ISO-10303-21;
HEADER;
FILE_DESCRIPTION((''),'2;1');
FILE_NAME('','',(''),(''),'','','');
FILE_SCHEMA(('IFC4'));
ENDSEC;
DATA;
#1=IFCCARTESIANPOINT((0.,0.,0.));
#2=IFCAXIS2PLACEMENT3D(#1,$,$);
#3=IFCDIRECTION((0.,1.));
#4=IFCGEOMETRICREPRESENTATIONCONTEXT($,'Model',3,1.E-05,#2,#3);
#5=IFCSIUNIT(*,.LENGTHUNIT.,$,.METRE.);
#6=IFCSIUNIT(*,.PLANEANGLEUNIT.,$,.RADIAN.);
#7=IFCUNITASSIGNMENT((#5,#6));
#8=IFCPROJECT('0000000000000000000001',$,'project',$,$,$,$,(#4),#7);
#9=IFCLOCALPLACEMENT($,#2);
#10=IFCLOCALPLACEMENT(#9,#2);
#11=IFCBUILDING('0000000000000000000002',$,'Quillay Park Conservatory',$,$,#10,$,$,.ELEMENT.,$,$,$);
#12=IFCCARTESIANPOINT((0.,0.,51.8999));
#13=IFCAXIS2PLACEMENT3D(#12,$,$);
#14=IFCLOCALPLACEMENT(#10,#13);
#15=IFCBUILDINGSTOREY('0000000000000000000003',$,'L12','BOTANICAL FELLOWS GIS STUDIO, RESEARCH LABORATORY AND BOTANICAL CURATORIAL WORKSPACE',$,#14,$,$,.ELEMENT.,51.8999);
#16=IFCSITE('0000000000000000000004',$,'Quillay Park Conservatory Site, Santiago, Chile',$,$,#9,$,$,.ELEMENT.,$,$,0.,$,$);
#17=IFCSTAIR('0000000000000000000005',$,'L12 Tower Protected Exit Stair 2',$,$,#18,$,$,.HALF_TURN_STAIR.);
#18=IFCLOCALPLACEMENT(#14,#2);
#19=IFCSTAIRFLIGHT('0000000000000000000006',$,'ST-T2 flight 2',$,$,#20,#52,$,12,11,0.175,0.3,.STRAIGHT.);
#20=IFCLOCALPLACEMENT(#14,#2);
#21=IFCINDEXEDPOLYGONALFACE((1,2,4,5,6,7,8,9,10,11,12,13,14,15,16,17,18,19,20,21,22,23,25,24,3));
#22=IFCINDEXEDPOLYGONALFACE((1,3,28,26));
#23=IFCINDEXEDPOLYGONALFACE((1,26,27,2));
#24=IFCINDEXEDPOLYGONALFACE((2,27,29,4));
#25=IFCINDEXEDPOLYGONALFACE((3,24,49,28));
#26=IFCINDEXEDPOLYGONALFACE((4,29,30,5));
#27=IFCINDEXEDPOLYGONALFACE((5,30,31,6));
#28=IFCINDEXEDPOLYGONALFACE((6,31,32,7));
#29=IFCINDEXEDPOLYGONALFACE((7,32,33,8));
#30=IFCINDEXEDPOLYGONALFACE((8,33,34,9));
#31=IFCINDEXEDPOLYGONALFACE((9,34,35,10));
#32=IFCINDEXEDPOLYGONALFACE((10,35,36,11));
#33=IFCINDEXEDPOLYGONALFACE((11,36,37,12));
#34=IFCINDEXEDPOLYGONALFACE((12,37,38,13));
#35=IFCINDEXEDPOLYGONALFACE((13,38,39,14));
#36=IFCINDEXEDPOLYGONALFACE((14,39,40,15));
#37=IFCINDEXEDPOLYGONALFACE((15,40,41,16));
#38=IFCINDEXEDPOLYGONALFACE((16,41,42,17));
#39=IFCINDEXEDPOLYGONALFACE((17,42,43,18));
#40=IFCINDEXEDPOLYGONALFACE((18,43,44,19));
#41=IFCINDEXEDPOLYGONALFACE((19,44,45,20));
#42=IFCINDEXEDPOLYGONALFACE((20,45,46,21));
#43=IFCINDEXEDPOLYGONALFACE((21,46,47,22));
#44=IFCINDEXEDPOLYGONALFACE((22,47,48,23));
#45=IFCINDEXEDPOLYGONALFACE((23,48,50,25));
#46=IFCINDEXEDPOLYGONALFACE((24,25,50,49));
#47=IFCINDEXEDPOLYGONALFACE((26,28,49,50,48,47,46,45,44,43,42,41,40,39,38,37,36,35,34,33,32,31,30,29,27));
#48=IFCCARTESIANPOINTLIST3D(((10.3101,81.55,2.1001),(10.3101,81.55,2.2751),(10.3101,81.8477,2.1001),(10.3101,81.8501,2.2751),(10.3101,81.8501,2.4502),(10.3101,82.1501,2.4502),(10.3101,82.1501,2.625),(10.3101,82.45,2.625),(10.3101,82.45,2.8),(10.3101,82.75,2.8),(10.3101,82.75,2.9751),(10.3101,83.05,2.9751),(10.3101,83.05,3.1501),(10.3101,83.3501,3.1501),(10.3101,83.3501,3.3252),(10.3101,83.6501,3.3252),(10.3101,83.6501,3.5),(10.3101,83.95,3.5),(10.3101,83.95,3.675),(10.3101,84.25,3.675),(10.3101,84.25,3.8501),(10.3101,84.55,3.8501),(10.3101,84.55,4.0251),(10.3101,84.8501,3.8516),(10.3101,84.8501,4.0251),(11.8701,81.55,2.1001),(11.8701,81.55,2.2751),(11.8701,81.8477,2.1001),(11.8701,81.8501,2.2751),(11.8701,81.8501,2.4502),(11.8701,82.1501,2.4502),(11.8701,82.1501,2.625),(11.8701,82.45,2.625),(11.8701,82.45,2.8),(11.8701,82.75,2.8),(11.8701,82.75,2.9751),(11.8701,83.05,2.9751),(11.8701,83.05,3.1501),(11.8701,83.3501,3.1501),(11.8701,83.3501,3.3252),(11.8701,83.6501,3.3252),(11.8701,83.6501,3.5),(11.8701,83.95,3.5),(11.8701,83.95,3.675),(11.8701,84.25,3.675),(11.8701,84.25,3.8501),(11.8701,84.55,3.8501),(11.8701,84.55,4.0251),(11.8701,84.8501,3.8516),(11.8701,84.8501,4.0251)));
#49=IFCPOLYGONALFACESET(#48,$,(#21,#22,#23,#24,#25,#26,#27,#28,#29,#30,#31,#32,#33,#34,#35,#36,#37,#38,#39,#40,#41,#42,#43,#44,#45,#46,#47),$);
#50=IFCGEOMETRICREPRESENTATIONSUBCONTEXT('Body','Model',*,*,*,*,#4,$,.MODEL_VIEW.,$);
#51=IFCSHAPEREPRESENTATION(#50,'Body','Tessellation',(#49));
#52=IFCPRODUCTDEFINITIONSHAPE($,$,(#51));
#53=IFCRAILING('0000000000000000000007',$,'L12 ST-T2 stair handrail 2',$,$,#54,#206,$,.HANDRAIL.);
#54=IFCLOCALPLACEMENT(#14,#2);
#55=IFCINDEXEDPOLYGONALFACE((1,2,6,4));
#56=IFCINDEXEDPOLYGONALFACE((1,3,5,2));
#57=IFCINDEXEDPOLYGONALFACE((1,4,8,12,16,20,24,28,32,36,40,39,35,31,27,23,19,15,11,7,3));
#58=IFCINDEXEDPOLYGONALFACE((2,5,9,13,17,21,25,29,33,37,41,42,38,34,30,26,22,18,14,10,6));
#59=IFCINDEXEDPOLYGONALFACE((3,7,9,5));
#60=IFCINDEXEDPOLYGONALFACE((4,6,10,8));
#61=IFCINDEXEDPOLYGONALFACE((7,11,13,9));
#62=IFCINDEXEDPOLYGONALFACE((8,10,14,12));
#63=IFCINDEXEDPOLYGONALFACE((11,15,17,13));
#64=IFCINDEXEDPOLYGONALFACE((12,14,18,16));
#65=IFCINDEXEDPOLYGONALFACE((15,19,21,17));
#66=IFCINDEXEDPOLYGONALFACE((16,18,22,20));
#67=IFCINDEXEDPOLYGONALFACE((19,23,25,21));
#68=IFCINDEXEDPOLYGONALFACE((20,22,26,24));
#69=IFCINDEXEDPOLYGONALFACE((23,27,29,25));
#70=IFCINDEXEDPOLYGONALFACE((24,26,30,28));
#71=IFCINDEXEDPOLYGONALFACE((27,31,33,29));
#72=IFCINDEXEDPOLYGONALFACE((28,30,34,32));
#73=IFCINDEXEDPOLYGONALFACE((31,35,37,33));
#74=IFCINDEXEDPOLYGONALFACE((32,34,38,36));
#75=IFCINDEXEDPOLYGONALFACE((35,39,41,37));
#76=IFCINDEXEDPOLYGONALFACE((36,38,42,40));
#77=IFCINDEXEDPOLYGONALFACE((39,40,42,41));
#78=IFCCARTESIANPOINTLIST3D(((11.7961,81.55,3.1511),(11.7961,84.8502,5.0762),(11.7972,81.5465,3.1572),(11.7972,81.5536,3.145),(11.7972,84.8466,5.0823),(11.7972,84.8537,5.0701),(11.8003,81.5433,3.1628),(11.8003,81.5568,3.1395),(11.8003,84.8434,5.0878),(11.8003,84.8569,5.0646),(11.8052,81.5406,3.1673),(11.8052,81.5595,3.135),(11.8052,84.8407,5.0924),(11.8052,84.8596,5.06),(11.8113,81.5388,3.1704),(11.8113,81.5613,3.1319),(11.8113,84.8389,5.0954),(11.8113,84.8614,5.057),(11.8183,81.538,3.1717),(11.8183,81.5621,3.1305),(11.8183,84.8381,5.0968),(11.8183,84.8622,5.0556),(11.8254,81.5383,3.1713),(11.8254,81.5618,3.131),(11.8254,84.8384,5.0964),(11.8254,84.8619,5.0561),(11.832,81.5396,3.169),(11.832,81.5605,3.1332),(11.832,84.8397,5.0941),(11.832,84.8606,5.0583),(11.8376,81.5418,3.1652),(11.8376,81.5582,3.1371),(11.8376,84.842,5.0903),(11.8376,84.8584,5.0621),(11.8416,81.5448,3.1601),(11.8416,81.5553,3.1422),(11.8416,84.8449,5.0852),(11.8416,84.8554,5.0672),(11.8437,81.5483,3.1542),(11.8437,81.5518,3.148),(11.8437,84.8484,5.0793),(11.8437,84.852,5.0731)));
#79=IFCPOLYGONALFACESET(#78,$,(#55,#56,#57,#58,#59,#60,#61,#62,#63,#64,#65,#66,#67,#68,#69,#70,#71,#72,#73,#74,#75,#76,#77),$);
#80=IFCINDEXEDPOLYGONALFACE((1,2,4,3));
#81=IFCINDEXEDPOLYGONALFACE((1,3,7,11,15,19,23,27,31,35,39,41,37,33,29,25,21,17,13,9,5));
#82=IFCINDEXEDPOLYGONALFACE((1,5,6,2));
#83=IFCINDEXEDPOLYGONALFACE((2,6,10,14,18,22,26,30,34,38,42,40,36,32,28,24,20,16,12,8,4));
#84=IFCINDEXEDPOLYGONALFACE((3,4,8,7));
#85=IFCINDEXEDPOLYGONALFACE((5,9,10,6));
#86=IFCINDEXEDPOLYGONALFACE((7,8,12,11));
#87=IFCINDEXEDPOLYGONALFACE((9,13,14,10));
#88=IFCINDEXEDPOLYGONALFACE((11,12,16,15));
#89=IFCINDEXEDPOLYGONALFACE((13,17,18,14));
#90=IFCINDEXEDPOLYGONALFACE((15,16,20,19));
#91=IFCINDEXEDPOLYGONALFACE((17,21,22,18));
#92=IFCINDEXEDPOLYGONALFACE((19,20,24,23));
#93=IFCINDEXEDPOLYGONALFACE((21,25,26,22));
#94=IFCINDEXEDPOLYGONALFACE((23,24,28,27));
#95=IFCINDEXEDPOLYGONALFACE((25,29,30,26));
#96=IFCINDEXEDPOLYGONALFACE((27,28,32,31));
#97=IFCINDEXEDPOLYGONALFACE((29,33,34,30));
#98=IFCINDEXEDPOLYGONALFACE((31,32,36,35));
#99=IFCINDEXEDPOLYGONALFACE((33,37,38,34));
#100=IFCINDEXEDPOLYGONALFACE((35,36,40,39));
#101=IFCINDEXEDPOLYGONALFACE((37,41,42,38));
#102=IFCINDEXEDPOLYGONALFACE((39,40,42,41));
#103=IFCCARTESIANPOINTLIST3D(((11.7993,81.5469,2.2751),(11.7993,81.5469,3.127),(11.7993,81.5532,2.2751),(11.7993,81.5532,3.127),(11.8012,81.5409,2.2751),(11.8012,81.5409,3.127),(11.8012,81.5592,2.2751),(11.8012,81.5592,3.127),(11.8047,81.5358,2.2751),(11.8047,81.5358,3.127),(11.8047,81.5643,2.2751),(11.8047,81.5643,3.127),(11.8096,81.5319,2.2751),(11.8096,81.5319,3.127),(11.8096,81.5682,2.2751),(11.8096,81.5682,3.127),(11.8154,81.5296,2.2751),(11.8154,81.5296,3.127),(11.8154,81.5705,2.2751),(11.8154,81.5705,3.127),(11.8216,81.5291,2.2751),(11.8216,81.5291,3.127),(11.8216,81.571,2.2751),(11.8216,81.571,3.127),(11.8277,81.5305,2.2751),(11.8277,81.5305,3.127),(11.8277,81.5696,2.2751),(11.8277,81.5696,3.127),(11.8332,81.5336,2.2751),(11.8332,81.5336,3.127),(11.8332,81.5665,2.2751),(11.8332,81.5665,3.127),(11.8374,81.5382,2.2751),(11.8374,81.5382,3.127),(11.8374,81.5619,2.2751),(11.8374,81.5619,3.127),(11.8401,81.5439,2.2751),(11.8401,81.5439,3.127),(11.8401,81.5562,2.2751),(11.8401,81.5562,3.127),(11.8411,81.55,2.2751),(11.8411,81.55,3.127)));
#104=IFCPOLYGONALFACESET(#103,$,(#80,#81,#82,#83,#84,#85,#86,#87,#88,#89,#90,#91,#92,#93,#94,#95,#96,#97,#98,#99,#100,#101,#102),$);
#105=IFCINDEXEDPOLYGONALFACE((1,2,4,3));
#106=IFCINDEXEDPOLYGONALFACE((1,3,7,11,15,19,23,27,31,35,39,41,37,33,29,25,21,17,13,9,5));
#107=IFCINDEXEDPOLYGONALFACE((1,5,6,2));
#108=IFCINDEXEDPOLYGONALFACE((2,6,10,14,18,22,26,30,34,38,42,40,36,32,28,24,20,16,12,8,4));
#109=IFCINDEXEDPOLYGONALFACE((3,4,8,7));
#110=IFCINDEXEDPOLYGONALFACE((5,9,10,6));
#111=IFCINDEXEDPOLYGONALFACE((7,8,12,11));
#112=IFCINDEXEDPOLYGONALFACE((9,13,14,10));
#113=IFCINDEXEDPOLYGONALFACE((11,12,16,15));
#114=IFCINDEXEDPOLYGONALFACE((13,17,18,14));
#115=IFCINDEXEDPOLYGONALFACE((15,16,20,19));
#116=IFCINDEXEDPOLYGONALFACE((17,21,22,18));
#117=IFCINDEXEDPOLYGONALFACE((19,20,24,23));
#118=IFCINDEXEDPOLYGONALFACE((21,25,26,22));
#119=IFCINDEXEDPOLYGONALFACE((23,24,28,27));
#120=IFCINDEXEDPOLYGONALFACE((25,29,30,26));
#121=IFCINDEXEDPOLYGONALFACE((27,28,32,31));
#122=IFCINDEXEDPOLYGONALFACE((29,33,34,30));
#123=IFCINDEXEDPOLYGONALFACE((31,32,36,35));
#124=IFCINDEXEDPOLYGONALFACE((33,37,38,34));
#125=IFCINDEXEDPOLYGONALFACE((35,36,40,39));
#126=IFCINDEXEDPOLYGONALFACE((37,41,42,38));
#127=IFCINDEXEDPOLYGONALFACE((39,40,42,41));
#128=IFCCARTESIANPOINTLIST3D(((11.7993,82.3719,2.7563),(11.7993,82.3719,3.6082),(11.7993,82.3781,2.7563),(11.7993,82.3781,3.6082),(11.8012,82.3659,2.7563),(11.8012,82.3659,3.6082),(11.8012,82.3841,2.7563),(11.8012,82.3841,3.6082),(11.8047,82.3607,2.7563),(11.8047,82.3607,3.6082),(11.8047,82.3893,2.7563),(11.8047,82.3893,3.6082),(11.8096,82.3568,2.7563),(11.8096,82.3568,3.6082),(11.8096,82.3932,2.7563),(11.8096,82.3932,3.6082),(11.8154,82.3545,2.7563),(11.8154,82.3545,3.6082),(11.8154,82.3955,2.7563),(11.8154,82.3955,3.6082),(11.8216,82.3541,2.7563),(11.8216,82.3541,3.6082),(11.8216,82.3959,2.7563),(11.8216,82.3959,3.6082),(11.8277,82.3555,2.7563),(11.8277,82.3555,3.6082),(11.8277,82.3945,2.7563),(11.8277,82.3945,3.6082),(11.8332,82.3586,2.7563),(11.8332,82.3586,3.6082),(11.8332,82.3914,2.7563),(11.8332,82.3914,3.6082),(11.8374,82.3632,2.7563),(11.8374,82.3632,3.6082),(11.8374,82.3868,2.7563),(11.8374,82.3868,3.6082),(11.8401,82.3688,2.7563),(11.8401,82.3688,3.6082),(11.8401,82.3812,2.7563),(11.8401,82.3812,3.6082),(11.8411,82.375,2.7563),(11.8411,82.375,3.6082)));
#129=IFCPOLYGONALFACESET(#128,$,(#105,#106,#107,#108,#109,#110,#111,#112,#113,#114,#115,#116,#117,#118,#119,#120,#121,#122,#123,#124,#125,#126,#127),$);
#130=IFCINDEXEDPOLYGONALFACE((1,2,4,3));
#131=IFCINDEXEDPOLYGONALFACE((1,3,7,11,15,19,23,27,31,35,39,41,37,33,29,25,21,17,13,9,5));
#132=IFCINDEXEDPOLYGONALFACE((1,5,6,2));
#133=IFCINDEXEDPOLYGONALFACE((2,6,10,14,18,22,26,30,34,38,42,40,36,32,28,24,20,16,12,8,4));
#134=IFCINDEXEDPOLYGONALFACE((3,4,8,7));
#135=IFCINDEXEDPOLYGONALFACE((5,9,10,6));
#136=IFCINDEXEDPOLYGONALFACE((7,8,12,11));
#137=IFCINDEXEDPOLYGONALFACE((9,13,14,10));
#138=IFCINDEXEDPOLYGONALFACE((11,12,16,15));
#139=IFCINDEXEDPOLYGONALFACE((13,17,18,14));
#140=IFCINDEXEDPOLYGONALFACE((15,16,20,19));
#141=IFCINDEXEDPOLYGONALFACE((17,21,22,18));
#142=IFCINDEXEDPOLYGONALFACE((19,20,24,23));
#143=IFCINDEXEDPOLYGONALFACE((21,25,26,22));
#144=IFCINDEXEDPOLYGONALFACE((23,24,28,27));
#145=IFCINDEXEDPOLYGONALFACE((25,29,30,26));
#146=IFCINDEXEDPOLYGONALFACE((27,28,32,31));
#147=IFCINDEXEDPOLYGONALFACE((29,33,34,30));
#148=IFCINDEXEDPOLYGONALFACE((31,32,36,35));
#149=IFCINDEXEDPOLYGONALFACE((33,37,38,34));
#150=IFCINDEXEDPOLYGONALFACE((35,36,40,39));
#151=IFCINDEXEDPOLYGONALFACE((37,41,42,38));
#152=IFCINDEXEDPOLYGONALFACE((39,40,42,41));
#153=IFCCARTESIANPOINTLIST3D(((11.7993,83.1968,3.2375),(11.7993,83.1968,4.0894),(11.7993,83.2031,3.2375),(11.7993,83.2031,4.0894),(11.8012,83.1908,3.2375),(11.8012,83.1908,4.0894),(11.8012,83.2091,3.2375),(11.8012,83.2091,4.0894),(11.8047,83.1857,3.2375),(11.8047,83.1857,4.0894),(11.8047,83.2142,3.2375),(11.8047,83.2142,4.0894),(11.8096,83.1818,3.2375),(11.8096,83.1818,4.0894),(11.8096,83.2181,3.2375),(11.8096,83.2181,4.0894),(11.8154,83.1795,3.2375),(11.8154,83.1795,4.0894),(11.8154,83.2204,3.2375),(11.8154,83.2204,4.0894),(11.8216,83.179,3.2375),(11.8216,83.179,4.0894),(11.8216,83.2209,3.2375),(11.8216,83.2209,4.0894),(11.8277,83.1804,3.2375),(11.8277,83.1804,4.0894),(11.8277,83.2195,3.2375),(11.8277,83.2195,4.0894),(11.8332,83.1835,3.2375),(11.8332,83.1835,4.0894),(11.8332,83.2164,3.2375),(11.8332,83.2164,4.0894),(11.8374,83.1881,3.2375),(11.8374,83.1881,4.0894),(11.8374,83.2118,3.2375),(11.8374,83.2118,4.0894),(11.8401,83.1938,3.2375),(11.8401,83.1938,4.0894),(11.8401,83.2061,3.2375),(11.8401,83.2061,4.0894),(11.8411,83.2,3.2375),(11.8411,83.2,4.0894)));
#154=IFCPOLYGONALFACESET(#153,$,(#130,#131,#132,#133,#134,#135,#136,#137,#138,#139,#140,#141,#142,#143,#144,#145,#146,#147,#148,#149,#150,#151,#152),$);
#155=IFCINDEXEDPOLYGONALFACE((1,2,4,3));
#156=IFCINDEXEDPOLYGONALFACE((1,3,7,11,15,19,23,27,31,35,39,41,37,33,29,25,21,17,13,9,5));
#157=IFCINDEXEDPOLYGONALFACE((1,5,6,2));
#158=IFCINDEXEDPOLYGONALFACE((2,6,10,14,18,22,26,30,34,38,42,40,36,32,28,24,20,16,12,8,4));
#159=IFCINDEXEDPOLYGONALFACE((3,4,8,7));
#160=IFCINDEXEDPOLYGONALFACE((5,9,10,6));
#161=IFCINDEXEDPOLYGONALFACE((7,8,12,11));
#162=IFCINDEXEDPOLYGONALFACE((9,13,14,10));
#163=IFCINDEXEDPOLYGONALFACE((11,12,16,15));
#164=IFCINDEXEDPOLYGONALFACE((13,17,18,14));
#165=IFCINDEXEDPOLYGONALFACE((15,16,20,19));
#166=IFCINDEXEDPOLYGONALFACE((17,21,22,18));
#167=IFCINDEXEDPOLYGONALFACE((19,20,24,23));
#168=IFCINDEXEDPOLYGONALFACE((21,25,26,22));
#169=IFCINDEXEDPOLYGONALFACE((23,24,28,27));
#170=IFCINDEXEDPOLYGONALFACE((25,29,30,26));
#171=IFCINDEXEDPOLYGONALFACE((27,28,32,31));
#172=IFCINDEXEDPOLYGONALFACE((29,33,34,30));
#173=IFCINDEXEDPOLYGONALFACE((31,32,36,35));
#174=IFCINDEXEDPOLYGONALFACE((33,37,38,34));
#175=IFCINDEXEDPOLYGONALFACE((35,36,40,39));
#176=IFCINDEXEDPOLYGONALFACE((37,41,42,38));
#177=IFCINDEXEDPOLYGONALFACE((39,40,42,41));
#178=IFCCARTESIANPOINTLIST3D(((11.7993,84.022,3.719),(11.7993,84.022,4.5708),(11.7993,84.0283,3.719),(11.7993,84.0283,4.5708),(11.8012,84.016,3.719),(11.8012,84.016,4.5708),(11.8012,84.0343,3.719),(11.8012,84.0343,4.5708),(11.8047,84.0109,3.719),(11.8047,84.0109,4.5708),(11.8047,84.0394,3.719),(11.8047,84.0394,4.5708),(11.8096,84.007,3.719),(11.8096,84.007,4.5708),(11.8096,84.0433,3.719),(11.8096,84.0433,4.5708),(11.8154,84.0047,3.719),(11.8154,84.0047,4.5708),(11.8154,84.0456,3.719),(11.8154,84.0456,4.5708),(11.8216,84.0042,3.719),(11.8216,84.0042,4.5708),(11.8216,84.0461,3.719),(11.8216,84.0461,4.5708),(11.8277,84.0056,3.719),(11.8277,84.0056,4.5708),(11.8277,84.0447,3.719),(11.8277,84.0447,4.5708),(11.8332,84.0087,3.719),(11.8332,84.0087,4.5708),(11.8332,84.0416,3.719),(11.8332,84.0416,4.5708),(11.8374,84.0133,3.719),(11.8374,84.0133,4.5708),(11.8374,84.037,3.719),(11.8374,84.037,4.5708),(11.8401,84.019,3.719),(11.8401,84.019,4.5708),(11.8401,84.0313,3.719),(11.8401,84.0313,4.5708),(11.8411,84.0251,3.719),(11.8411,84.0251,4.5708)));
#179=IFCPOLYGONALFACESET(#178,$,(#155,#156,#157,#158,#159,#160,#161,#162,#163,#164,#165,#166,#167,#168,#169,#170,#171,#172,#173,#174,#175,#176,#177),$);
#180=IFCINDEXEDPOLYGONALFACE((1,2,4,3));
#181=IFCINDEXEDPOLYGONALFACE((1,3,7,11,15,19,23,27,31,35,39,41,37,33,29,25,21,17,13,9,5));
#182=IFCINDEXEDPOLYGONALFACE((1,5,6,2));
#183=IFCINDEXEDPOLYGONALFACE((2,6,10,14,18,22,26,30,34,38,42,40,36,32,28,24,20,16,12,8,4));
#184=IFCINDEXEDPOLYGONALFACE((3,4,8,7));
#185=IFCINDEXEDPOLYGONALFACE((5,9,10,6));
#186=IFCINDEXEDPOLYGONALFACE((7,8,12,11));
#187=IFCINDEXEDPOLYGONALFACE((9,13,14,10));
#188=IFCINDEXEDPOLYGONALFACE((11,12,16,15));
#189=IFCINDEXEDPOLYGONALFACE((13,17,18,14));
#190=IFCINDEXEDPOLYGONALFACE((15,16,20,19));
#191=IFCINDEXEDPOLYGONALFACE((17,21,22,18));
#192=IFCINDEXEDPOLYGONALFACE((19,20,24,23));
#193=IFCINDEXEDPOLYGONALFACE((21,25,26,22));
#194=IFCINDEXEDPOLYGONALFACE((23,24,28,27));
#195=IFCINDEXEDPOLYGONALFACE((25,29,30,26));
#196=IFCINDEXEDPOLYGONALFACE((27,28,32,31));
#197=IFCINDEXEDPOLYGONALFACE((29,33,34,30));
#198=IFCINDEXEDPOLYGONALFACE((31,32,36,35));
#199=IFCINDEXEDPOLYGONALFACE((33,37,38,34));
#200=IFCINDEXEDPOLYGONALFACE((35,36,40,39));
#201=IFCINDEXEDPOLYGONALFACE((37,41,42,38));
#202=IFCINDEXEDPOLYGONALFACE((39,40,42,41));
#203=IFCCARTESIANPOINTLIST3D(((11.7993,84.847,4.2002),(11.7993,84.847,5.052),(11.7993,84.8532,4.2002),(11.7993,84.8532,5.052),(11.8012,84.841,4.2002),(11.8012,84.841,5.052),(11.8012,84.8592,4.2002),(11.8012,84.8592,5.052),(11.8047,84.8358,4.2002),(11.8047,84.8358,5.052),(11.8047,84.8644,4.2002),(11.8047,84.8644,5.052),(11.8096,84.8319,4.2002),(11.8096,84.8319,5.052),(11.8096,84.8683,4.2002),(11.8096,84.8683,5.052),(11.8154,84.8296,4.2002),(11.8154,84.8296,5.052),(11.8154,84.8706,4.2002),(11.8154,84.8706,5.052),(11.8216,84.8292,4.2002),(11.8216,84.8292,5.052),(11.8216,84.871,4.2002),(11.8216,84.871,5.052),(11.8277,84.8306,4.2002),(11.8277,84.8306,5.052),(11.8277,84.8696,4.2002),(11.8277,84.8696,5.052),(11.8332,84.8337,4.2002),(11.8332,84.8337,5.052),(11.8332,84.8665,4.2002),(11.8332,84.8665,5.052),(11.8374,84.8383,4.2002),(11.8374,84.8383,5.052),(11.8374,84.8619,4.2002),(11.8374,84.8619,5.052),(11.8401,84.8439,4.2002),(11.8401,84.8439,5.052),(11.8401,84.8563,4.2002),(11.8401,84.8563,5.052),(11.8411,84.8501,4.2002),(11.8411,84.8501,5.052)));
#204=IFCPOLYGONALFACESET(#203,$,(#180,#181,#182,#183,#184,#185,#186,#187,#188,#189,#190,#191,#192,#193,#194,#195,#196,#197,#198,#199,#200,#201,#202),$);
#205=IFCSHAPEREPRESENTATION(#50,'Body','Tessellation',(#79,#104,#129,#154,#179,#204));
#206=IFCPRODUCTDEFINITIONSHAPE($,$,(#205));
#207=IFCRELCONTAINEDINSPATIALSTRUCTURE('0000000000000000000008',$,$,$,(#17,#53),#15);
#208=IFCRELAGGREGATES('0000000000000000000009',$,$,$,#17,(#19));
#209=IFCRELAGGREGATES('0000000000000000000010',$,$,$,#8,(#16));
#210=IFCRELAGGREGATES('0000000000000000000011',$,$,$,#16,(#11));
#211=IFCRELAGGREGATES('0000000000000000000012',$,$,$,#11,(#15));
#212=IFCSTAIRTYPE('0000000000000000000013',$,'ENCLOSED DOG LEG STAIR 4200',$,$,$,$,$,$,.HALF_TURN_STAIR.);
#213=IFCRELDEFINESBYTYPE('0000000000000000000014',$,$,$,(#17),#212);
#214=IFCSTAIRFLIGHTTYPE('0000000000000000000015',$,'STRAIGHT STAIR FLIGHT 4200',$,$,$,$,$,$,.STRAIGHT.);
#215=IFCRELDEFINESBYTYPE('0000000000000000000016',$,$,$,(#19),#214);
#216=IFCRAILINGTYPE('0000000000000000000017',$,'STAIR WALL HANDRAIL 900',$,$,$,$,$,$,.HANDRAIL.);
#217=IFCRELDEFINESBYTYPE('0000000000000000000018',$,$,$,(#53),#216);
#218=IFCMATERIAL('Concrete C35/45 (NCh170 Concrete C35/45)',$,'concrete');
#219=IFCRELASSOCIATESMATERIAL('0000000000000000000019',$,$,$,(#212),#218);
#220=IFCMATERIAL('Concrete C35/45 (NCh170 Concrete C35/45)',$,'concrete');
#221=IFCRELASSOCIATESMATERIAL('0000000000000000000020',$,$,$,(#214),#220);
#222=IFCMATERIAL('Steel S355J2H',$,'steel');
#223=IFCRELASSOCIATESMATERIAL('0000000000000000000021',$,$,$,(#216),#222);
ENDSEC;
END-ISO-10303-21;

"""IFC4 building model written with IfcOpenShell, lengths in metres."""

from ifc_helpers import new_model, si_unit, direction, frame, origin, origin_2d, place, context, subcontext, project, spatial, polyline, circle, outline, extrude, material, type_object, element, aggregate, save


model = new_model("IFC4")

# Units and contexts
model_context = context("Model", 3, precision=1e-05, world=origin(), true_north=direction((0.0, 1.0)))
body_context = subcontext(model_context, "Body", "Model", "MODEL_VIEW")
ifc_project = project(units=[si_unit("LENGTHUNIT", "METRE"), si_unit("PLANEANGLEUNIT", "RADIAN")], contexts=[model_context])

# Site, building, storey
site_placement = place(None, origin())
site = spatial("IfcSite", under=ifc_project, at=site_placement, Name="Quillay Park Conservatory Site, Santiago, Chile", CompositionType="ELEMENT", RefElevation=0.0)
building_placement = place(site_placement, origin())
building = spatial("IfcBuilding", under=site, at=building_placement, Name="Quillay Park Conservatory", CompositionType="ELEMENT")
storey_placement = place(building_placement, frame((0.0, 0.0, 51.8999)))
storey = spatial("IfcBuildingStorey", under=building, at=storey_placement, Name="L12", Description="BOTANICAL FELLOWS GIS STUDIO, RESEARCH LABORATORY AND BOTANICAL CURATORIAL WORKSPACE", CompositionType="ELEMENT", Elevation=51.8999)

# Stair, stair flight
ifc_material_1 = material(Name="Concrete C35/45 (NCh170 Concrete C35/45)", Category="concrete")
stair_type = type_object("IfcStairType", Name="ENCLOSED DOG LEG STAIR 4200", PredefinedType="HALF_TURN_STAIR", material=ifc_material_1)
stair_placement = place(storey_placement, origin())
stair = element("IfcStair", 1, at=stair_placement, inside=storey, type_object=stair_type, Name="L12 Tower Protected Exit Stair 2", PredefinedType="HALF_TURN_STAIR")
ifc_material_2 = material(Name="Concrete C35/45 (NCh170 Concrete C35/45)", Category="concrete")
stair_flight_type = type_object("IfcStairFlightType", Name="STRAIGHT STAIR FLIGHT 4200", PredefinedType="STRAIGHT", material=ifc_material_2)
stair_flight_placement = place(storey_placement, frame((11.0901, 81.55, 2.1001), z_axis=(0.0, 0.0, 1.0), x_axis=(0.0, 1.0, 0.0)))
stair_flight = element("IfcStairFlight", 2, at=stair_flight_placement, type_object=stair_flight_type, Name="ST-T2 flight 2", NumberOfRisers=12, NumberOfTreads=11, PredefinedType="STRAIGHT", RiserHeight=0.175, TreadLength=0.3, context=body_context, shape_type="SweptSolid", body=[
    extrude(outline(polyline([(0.0, 0.0), (0.0, 0.175), (0.3, 0.175), (0.3, 0.3501), (0.6001, 0.3501), (0.6001, 0.5249), (0.8999, 0.5249), (0.8999, 0.7), (1.2, 0.7), (1.2, 0.875), (1.5, 0.875), (1.5, 1.05), (1.8, 1.05), (1.8, 1.2251), (2.1001, 1.2251), (2.1001, 1.3999), (2.3999, 1.3999), (2.3999, 1.575), (2.7, 1.575), (2.7, 1.75), (3.0, 1.75), (3.0, 1.925), (3.3, 1.925), (3.3, 2.1001), (3.3, 1.7515), (0.2976, 0.0), (0.0, 0.0)])), frame((0.0, 0.78, 0.0), z_axis=(0.0, -1.0, 0.0), x_axis=(1.0, 0.0, 0.0)), (0.0, 0.0, 1.0), 1.5601),
])
aggregate(stair, [stair_flight])

# Railing
ifc_material_3 = material(Name="Steel S355J2H", Category="steel")
railing_type_1 = type_object("IfcRailingType", Name="STAIR WALL HANDRAIL 900", PredefinedType="HANDRAIL", material=ifc_material_3)
railing_1_placement = place(storey_placement, frame((11.8201, 81.55, 2.2751)))
element("IfcRailing", 3, at=railing_1_placement, inside=storey, type_object=railing_type_1, Name="L12 ST-T2 stair handrail 2", PredefinedType="HANDRAIL", context=body_context, shape_type="SweptSolid", body=[
    extrude(circle(Radius=0.0239, at=origin_2d()), frame((0.0, 0.0, 0.876), z_axis=(0.0, 0.863777, 0.503875), x_axis=(-1.0, 0.0, 0.0)), (0.0, 0.0, 1.0), 3.8206),
    extrude(circle(Radius=0.021, at=origin_2d()), origin(), (0.0, 0.0, 1.0), 0.8518),
    extrude(circle(Radius=0.021, at=origin_2d()), frame((0.0, 0.825, 0.4812)), (0.0, 0.0, 1.0), 0.8518),
    extrude(circle(Radius=0.021, at=origin_2d()), frame((0.0, 1.6499, 0.9624)), (0.0, 0.0, 1.0), 0.8518),
    extrude(circle(Radius=0.021, at=origin_2d()), frame((0.0, 2.4751, 1.4438)), (0.0, 0.0, 1.0), 0.8518),
    extrude(circle(Radius=0.021, at=origin_2d()), frame((0.0, 3.3, 1.925)), (0.0, 0.0, 1.0), 0.8518),
])

save(model, "model.ifc")
